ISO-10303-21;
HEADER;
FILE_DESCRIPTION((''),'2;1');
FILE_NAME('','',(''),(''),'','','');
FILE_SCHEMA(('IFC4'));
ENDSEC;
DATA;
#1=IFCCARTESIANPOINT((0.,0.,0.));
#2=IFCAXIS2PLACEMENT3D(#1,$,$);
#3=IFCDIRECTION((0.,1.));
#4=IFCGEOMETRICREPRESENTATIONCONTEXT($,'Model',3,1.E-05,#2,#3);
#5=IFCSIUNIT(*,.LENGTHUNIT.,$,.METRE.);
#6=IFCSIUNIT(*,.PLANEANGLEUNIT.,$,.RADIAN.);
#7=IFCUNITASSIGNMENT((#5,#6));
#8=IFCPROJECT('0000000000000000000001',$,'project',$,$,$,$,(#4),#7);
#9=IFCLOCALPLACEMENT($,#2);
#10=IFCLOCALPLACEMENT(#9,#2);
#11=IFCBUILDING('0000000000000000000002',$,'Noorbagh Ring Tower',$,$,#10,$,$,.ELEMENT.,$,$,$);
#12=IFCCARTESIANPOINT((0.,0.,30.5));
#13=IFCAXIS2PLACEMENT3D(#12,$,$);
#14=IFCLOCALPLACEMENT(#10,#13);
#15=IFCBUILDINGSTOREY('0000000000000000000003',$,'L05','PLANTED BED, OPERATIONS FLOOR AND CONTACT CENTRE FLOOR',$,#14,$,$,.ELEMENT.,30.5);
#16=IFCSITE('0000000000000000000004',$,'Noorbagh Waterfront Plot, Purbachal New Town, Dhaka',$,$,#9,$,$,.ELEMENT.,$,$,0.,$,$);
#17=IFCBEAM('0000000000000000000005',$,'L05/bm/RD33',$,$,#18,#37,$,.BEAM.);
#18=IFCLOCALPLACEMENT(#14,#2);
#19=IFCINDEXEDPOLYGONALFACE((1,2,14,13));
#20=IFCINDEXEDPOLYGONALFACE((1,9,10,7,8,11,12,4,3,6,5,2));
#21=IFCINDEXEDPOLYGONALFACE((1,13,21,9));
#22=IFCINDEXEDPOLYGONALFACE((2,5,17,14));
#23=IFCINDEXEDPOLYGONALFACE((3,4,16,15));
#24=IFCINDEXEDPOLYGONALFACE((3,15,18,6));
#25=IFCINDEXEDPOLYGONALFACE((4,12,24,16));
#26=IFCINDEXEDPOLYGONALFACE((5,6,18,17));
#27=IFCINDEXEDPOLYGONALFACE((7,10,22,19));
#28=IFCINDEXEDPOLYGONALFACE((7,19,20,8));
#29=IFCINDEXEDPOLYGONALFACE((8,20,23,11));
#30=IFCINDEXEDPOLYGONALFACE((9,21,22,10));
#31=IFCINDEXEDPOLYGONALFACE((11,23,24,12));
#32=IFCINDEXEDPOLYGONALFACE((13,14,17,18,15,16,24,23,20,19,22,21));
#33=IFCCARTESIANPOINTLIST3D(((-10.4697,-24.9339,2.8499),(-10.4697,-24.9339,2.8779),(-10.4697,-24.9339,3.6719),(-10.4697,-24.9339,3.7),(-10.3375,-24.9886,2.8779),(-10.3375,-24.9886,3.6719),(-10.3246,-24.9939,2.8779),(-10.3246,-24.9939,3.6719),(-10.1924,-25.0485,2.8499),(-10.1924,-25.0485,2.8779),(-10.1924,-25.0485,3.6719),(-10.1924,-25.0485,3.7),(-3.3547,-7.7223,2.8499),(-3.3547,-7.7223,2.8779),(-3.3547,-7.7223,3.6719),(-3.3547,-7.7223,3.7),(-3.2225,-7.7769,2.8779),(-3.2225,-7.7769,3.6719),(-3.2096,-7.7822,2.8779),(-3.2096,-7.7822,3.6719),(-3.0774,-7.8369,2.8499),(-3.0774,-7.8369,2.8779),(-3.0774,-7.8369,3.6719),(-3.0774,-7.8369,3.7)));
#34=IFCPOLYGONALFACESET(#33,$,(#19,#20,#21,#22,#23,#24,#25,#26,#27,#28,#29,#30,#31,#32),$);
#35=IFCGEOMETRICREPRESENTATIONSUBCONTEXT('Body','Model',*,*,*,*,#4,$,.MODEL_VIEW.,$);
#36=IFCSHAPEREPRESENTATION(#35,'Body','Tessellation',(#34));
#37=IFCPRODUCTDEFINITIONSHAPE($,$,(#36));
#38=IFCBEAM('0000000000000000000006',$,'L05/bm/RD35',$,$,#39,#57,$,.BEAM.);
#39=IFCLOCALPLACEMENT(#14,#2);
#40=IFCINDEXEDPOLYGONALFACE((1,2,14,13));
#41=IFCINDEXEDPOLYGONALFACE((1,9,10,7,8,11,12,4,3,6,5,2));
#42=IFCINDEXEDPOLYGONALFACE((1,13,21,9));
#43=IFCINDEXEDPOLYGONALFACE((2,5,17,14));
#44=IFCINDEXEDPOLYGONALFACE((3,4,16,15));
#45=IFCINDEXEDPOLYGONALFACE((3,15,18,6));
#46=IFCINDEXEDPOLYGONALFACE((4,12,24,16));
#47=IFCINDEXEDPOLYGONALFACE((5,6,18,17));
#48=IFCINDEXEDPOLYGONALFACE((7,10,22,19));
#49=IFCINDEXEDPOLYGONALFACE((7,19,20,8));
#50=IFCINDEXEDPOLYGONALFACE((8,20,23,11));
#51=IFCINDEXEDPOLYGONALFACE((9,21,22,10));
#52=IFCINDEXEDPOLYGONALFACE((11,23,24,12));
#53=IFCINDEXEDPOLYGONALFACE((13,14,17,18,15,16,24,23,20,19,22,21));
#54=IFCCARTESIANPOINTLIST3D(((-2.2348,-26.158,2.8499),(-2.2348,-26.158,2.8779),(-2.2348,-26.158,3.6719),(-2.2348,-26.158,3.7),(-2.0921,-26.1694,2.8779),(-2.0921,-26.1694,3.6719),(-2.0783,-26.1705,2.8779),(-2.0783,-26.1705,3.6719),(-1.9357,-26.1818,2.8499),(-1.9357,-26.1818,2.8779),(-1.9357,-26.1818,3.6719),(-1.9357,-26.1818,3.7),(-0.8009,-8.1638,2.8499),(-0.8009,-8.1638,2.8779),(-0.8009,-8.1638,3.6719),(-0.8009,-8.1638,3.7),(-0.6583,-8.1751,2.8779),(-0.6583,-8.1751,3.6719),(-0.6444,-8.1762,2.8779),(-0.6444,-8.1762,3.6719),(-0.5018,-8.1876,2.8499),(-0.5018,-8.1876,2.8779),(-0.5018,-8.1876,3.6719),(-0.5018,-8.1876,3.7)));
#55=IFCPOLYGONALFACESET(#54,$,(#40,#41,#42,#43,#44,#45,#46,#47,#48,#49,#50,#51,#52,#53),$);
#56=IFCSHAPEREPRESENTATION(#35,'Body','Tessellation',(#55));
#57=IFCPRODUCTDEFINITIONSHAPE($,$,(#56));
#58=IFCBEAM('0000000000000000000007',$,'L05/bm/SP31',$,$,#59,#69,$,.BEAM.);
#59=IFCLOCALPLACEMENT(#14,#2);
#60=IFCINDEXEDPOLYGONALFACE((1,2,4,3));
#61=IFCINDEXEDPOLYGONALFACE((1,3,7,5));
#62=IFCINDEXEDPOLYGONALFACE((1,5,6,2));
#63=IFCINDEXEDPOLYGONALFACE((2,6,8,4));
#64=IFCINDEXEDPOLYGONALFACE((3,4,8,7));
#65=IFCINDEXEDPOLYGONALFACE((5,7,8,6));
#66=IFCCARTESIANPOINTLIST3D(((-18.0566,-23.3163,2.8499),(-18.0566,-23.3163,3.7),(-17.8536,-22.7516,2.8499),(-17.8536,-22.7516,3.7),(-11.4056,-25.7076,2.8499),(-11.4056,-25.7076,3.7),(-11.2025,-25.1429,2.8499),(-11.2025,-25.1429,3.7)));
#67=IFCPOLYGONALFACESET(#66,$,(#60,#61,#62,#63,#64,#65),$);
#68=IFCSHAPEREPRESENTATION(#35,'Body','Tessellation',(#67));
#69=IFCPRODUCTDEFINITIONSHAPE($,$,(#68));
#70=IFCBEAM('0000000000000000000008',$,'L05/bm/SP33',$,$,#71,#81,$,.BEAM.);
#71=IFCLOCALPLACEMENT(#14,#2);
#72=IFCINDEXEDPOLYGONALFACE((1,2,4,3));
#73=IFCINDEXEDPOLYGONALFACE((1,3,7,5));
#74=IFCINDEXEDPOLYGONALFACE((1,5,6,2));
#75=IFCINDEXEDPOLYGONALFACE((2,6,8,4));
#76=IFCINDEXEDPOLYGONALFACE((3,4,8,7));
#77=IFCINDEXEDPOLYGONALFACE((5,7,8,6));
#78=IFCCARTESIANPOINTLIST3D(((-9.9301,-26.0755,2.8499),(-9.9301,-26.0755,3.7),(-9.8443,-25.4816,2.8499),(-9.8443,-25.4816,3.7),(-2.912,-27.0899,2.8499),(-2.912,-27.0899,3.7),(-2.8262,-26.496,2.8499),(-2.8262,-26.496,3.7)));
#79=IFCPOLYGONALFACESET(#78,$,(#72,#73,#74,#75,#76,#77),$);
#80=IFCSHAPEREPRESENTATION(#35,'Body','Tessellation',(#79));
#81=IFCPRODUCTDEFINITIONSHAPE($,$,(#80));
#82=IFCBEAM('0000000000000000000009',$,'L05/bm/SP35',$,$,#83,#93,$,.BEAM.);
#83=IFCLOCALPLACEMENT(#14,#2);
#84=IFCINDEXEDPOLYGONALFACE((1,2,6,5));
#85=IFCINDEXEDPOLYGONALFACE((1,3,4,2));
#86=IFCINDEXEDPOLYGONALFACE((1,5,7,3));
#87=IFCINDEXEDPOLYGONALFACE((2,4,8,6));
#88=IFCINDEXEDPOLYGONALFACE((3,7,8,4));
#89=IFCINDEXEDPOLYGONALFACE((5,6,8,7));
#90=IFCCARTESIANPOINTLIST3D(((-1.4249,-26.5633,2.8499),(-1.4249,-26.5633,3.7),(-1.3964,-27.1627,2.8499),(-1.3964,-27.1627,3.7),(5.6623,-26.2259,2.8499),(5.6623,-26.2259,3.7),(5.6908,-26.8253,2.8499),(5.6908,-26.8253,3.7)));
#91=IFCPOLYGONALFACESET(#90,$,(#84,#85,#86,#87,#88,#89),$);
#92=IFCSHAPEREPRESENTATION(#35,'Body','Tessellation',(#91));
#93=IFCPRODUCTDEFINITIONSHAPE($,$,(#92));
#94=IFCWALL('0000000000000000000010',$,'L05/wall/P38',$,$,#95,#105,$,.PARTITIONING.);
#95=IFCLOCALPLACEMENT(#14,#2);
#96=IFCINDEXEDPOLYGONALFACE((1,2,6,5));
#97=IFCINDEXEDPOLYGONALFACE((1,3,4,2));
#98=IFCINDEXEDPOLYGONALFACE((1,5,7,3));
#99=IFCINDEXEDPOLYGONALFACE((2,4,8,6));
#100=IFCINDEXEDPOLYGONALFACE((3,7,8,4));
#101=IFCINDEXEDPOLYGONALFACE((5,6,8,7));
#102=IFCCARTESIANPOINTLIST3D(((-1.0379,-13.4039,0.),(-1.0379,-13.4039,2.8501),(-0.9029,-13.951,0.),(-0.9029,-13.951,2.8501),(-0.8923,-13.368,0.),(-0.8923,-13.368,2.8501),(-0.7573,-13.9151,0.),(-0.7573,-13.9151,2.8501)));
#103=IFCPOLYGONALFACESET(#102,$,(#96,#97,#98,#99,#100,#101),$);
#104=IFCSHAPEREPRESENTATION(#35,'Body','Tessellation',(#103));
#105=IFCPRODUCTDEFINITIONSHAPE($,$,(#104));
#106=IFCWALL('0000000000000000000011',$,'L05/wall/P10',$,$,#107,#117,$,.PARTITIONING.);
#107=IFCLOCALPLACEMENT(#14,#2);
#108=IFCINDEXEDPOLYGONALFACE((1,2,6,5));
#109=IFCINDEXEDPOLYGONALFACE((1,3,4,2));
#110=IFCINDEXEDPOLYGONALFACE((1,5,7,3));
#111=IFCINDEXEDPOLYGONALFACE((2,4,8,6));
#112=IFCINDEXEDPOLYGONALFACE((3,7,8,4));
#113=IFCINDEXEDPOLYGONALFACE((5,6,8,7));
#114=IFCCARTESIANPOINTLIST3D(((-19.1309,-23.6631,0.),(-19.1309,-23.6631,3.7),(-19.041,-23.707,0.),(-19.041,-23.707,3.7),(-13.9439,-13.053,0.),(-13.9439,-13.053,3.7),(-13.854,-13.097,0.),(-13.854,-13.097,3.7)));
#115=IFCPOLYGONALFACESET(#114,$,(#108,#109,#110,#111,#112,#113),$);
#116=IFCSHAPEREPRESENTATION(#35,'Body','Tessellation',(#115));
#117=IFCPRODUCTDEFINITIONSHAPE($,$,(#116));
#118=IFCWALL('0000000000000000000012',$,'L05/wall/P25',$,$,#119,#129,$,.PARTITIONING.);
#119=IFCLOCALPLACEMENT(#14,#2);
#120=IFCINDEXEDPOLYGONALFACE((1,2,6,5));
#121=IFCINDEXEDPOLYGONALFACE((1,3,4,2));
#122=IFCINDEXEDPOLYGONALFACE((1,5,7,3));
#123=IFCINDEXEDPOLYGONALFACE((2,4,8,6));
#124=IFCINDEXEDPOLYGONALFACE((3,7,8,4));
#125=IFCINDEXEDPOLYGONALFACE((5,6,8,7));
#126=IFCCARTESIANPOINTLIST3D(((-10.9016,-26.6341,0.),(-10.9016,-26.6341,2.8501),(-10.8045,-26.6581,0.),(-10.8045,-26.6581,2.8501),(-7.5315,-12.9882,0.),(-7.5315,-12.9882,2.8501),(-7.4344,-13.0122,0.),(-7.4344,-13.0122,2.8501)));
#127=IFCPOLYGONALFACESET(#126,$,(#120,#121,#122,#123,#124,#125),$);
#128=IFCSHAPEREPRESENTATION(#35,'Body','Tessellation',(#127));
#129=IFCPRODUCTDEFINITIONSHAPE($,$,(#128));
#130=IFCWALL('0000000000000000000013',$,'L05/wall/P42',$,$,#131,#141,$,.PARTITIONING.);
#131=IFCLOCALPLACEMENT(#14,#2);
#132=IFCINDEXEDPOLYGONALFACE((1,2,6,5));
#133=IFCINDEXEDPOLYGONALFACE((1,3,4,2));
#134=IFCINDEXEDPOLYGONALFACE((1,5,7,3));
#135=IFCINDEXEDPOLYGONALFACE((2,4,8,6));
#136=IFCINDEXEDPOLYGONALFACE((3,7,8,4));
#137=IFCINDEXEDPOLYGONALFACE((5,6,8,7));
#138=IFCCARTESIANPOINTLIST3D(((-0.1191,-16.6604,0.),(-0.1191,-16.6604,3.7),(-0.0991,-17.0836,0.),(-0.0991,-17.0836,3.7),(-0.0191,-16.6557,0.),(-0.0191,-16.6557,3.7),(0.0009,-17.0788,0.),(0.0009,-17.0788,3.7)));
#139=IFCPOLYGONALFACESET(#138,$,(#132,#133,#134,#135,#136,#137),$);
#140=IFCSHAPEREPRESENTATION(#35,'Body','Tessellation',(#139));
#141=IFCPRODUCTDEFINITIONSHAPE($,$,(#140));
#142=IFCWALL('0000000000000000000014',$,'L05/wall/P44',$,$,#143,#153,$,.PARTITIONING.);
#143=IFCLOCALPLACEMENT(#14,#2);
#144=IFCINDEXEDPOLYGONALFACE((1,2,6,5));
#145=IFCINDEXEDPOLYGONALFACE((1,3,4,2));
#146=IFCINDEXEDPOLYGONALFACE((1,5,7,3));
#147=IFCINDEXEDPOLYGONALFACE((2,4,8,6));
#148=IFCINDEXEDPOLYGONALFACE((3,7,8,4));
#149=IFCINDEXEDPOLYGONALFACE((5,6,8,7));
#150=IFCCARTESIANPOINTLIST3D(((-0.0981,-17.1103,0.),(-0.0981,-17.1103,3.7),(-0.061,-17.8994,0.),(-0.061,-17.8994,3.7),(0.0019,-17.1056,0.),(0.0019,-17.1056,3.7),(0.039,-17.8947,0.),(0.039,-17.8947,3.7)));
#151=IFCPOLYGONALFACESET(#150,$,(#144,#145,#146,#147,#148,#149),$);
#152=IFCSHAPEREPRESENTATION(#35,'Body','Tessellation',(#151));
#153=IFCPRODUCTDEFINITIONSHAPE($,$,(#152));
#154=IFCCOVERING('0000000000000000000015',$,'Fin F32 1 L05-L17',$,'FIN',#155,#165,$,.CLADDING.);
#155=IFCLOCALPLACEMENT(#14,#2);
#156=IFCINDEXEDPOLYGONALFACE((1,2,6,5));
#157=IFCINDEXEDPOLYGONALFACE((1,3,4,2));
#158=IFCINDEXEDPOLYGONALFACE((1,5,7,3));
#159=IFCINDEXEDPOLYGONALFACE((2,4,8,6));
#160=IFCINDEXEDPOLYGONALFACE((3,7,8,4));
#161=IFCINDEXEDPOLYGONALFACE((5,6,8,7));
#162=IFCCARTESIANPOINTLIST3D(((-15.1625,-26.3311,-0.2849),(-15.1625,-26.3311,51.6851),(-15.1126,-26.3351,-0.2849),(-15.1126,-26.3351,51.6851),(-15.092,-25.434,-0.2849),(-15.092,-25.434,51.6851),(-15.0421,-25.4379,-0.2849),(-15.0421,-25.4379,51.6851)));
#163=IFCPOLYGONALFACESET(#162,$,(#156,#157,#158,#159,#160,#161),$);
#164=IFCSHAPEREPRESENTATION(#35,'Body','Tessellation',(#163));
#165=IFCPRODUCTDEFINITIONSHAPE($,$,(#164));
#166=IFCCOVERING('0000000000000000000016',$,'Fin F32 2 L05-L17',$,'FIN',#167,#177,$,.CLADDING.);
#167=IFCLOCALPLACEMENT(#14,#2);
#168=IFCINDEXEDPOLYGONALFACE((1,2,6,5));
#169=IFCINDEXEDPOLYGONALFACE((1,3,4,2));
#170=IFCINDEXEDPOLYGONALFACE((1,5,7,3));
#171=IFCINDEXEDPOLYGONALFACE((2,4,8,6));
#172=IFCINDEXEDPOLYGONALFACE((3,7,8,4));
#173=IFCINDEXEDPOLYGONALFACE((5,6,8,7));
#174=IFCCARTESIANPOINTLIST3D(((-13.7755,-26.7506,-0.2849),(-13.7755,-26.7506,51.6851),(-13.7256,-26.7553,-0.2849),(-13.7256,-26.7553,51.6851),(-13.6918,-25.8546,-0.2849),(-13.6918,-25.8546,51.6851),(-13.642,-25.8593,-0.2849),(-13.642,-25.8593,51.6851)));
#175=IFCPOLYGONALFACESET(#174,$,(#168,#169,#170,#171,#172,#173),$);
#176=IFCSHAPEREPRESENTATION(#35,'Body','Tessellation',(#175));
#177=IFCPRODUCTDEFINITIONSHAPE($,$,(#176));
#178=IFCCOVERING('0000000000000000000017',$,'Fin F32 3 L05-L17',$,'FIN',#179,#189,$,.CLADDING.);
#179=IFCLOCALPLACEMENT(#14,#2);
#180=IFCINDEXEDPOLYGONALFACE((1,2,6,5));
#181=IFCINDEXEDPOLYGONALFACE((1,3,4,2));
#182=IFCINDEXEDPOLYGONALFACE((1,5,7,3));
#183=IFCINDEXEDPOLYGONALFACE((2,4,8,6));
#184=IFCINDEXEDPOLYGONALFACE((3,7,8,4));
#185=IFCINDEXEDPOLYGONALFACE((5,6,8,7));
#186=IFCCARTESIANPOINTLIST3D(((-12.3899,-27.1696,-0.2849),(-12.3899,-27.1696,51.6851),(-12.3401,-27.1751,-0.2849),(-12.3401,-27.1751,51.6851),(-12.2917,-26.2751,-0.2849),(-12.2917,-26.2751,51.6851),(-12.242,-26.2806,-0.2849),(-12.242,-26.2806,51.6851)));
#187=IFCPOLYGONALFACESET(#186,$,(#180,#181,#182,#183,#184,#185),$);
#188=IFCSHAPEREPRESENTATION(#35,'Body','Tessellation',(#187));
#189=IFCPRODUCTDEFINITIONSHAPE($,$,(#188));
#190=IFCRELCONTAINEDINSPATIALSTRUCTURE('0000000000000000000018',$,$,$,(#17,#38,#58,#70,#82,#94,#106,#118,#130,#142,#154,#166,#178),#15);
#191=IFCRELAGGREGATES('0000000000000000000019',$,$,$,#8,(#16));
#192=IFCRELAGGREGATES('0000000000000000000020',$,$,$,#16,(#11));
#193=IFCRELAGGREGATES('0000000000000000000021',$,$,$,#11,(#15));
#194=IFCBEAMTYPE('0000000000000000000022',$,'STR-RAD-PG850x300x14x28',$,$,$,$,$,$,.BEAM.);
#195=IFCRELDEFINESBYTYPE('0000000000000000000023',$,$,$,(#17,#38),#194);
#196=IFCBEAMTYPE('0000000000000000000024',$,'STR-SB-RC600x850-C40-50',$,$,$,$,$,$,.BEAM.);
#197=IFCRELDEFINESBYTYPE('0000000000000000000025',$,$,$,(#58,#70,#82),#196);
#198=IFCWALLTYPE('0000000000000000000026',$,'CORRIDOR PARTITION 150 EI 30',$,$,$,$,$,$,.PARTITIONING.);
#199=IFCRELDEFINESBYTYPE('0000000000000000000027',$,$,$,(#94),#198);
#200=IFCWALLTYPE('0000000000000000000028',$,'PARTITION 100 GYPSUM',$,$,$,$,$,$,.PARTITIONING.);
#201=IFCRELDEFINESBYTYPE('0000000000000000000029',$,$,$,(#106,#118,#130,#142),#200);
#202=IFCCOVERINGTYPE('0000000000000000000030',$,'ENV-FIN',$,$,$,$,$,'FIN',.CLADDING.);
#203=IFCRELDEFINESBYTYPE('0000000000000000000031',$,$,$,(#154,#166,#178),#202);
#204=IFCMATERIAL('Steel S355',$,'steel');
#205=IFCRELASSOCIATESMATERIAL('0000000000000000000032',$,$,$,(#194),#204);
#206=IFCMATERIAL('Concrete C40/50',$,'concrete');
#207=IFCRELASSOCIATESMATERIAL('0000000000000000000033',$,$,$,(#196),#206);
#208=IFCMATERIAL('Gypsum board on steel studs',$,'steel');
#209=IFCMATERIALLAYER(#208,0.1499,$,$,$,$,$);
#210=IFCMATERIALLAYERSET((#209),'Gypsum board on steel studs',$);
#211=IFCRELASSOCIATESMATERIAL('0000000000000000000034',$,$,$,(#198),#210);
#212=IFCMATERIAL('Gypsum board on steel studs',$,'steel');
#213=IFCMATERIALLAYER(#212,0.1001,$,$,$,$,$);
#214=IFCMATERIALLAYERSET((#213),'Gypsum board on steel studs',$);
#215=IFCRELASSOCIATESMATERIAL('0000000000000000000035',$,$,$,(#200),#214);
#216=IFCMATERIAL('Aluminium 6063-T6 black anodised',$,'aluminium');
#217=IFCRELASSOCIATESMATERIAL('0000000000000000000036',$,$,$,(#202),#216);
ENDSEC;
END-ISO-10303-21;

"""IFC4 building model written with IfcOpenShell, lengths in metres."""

from ifc_helpers import new_model, si_unit, direction, frame, frame_2d, origin, origin_2d, place, context, subcontext, project, spatial, rectangle, i_section, extrude, material, layer, layer_set, material_profile, profile_set, type_object, element, save


model = new_model("IFC4")

# Units and contexts
model_context = context("Model", 3, precision=1e-05, world=origin(), true_north=direction((0.0, 1.0)))
body_context = subcontext(model_context, "Body", "Model", "MODEL_VIEW")
ifc_project = project(units=[si_unit("LENGTHUNIT", "METRE"), si_unit("PLANEANGLEUNIT", "RADIAN")], contexts=[model_context])

# Site, building, storey
site_placement = place(None, origin())
site = spatial("IfcSite", under=ifc_project, at=site_placement, Name="Noorbagh Waterfront Plot, Purbachal New Town, Dhaka", CompositionType="ELEMENT", RefElevation=0.0)
building_placement = place(site_placement, origin())
building = spatial("IfcBuilding", under=site, at=building_placement, Name="Noorbagh Ring Tower", CompositionType="ELEMENT")
storey_placement = place(building_placement, frame((0.0, 0.0, 30.5)))
storey = spatial("IfcBuildingStorey", under=building, at=storey_placement, Name="L05", Description="PLANTED BED, OPERATIONS FLOOR AND CONTACT CENTRE FLOOR", CompositionType="ELEMENT", Elevation=30.5)

# Beams
ifc_material_1 = material(Name="Steel S355", Category="steel")
ifc_material_profile_1 = material_profile(ifc_material_1, i_section(OverallWidth=0.3, OverallDepth=0.8501, WebThickness=0.0139, FlangeThickness=0.0281, at=origin_2d()), Name="PG850x300x14x28")
ifc_profile_set_1 = profile_set([ifc_material_profile_1], Name="Steel S355")
beam_type_1 = type_object("IfcBeamType", Name="STR-RAD-PG850x300x14x28", PredefinedType="BEAM", material=ifc_profile_set_1)
beam_1_placement = place(storey_placement, frame((-10.3311, -24.9912, 3.2749), z_axis=(0.382027, 0.924151, 0.0), x_axis=(-0.924151, 0.382027, 0.0)))
element("IfcBeam", 1, at=beam_1_placement, inside=storey, type_object=beam_type_1, Name="L05/bm/RD33", PredefinedType="BEAM", context=body_context, shape_type="SweptSolid", body=[
    extrude(i_section(OverallWidth=0.3, OverallDepth=0.8501, WebThickness=0.0139, FlangeThickness=0.0281, at=origin_2d()), origin(), (0.0, 0.0, 1.0), 18.6243),
])
beam_2_placement = place(storey_placement, frame((-2.0852, -26.1699, 3.2749), z_axis=(0.079432, 0.99684, 0.0), x_axis=(-0.99684, 0.079432, 0.0)))
element("IfcBeam", 2, at=beam_2_placement, inside=storey, type_object=beam_type_1, Name="L05/bm/RD35", PredefinedType="BEAM", context=body_context, shape_type="SweptSolid", body=[
    extrude(i_section(OverallWidth=0.3, OverallDepth=0.8501, WebThickness=0.0139, FlangeThickness=0.0281, at=origin_2d()), origin(), (0.0, 0.0, 1.0), 18.0513),
])
ifc_material_2 = material(Name="Concrete C40/50", Category="concrete")
ifc_material_profile_2 = material_profile(ifc_material_2, rectangle(XDim=0.6001, YDim=0.8501, at=origin_2d()), Name="RC600x850")
ifc_profile_set_2 = profile_set([ifc_material_profile_2], Name="Concrete C40/50")
beam_type_2 = type_object("IfcBeamType", Name="STR-SB-RC600x850-C40-50", PredefinedType="BEAM", material=ifc_profile_set_2)
beam_3_placement = place(storey_placement, frame((-17.9551, -23.0339, 3.2749), z_axis=(0.941025, -0.338338, 0.0), x_axis=(0.338338, 0.941025, 0.0)))
element("IfcBeam", 3, at=beam_3_placement, inside=storey, type_object=beam_type_2, Name="L05/bm/SP31", PredefinedType="BEAM", context=body_context, shape_type="SweptSolid", body=[
    extrude(rectangle(XDim=0.6001, YDim=0.8501, at=origin_2d()), origin(), (0.0, 0.0, 1.0), 7.0679),
])
beam_4_placement = place(storey_placement, frame((-9.8872, -25.7786, 3.2749), z_axis=(0.989715, -0.143055, 0.0), x_axis=(0.143055, 0.989715, 0.0)))
element("IfcBeam", 4, at=beam_4_placement, inside=storey, type_object=beam_type_2, Name="L05/bm/SP33", PredefinedType="BEAM", context=body_context, shape_type="SweptSolid", body=[
    extrude(rectangle(XDim=0.6001, YDim=0.8501, at=origin_2d()), origin(), (0.0, 0.0, 1.0), 7.0911),
])
beam_5_placement = place(storey_placement, frame((-1.4106, -26.863, 3.2749), z_axis=(0.998869, 0.047554, 0.0), x_axis=(-0.047554, 0.998869, 0.0)))
element("IfcBeam", 5, at=beam_5_placement, inside=storey, type_object=beam_type_2, Name="L05/bm/SP35", PredefinedType="BEAM", context=body_context, shape_type="SweptSolid", body=[
    extrude(rectangle(XDim=0.6001, YDim=0.8501, at=origin_2d()), origin(), (0.0, 0.0, 1.0), 7.0952),
])

# Walls
ifc_material_3 = material(Name="Gypsum board on steel studs", Category="steel")
ifc_layer_1 = layer(ifc_material_3, 0.1499)
ifc_layer_set_1 = layer_set([ifc_layer_1], Name="Gypsum board on steel studs")
wall_type_1 = type_object("IfcWallType", Name="CORRIDOR PARTITION 150 EI 30", PredefinedType="PARTITIONING", material=ifc_layer_set_1)
wall_1_placement = place(storey_placement, frame((-0.9651, -13.386, 0.0), z_axis=(0.0, 0.0, 1.0), x_axis=(0.239578, -0.970877, 0.0)))
element("IfcWall", 6, at=wall_1_placement, inside=storey, type_object=wall_type_1, Name="L05/wall/P38", PredefinedType="PARTITIONING", context=body_context, shape_type="SweptSolid", body=[
    extrude(rectangle(XDim=0.5635, YDim=0.1499, at=frame_2d((0.2817, 0.0))), origin(), (0.0, 0.0, 1.0), 2.8501),
])
ifc_material_4 = material(Name="Gypsum board on steel studs", Category="steel")
ifc_layer_2 = layer(ifc_material_4, 0.1001)
ifc_layer_set_2 = layer_set([ifc_layer_2], Name="Gypsum board on steel studs")
wall_type_2 = type_object("IfcWallType", Name="PARTITION 100 GYPSUM", PredefinedType="PARTITIONING", material=ifc_layer_set_2)
wall_2_placement = place(storey_placement, frame((-19.0859, -23.6851, 0.0), z_axis=(0.0, 0.0, 1.0), x_axis=(0.4392, 0.898389, 0.0)))
element("IfcWall", 7, at=wall_2_placement, inside=storey, type_object=wall_type_2, Name="L05/wall/P10", PredefinedType="PARTITIONING", context=body_context, shape_type="SweptSolid", body=[
    extrude(rectangle(XDim=11.8101, YDim=0.1001, at=frame_2d((5.905, 0.0))), origin(), (0.0, 0.0, 1.0), 3.7),
])
wall_3_placement = place(storey_placement, frame((-10.853, -26.646, 0.0), z_axis=(0.0, 0.0, 1.0), x_axis=(0.239764, 0.970831, 0.0)))
element("IfcWall", 8, at=wall_3_placement, inside=storey, type_object=wall_type_2, Name="L05/wall/P25", PredefinedType="PARTITIONING", context=body_context, shape_type="SweptSolid", body=[
    extrude(rectangle(XDim=14.0559, YDim=0.1001, at=frame_2d((7.0278, 0.0))), origin(), (0.0, 0.0, 1.0), 2.8501),
])
wall_4_placement = place(storey_placement, frame((-0.0691, -16.658, 0.0), z_axis=(0.0, 0.0, 1.0), x_axis=(0.047264, -0.998882, 0.0)))
element("IfcWall", 9, at=wall_4_placement, inside=storey, type_object=wall_type_2, Name="L05/wall/P42", PredefinedType="PARTITIONING", context=body_context, shape_type="SweptSolid", body=[
    extrude(rectangle(XDim=0.4236, YDim=0.1001, at=frame_2d((0.2119, 0.0))), origin(), (0.0, 0.0, 1.0), 3.7),
])
wall_5_placement = place(storey_placement, frame((-0.0481, -17.1079, 0.0), z_axis=(0.0, 0.0, 1.0), x_axis=(0.046978, -0.998896, 0.0)))
element("IfcWall", 10, at=wall_5_placement, inside=storey, type_object=wall_type_2, Name="L05/wall/P44", PredefinedType="PARTITIONING", context=body_context, shape_type="SweptSolid", body=[
    extrude(rectangle(XDim=0.79, YDim=0.1001, at=frame_2d((0.395, 0.0))), origin(), (0.0, 0.0, 1.0), 3.7),
])

# Coverings
ifc_material_5 = material(Name="Aluminium 6063-T6 black anodised", Category="aluminium")
ifc_material_profile_3 = material_profile(ifc_material_5, rectangle(XDim=0.8999, YDim=0.05, at=origin_2d()), Name="900x50")
ifc_profile_set_3 = profile_set([ifc_material_profile_3], Name="Aluminium 6063-T6 black anodised")
covering_type = type_object("IfcCoveringType", Name="ENV-FIN", ElementType="FIN", PredefinedType="CLADDING", material=ifc_profile_set_3)
for number, where, z_axis, x_axis, name in (
    (11, (-15.1023, -25.8845, -0.2849), (0.0, 0.0, 1.0), (-0.078357, -0.996925, 0.0), "Fin F32 1 L05-L17"),
    (12, (-13.7087, -26.3049, -0.2849), (0.0, 0.0, 1.0), (-0.092918, -0.995674, 0.0), "Fin F32 2 L05-L17"),
    (13, (-12.3159, -26.7251, -0.2849), (0.0, 0.0, 1.0), (-0.109101, -0.994031, 0.0), "Fin F32 3 L05-L17"),
):
    element("IfcCovering", number, at=place(storey_placement, frame(where, z_axis=z_axis, x_axis=x_axis)), inside=storey, type_object=covering_type, Name=name, ObjectType="FIN", PredefinedType="CLADDING", context=body_context, shape_type="SweptSolid", body=[
        extrude(rectangle(XDim=0.8999, YDim=0.05, at=origin_2d()), origin(), (0.0, 0.0, 1.0), 51.97),
    ])

save(model, "model.ifc")
